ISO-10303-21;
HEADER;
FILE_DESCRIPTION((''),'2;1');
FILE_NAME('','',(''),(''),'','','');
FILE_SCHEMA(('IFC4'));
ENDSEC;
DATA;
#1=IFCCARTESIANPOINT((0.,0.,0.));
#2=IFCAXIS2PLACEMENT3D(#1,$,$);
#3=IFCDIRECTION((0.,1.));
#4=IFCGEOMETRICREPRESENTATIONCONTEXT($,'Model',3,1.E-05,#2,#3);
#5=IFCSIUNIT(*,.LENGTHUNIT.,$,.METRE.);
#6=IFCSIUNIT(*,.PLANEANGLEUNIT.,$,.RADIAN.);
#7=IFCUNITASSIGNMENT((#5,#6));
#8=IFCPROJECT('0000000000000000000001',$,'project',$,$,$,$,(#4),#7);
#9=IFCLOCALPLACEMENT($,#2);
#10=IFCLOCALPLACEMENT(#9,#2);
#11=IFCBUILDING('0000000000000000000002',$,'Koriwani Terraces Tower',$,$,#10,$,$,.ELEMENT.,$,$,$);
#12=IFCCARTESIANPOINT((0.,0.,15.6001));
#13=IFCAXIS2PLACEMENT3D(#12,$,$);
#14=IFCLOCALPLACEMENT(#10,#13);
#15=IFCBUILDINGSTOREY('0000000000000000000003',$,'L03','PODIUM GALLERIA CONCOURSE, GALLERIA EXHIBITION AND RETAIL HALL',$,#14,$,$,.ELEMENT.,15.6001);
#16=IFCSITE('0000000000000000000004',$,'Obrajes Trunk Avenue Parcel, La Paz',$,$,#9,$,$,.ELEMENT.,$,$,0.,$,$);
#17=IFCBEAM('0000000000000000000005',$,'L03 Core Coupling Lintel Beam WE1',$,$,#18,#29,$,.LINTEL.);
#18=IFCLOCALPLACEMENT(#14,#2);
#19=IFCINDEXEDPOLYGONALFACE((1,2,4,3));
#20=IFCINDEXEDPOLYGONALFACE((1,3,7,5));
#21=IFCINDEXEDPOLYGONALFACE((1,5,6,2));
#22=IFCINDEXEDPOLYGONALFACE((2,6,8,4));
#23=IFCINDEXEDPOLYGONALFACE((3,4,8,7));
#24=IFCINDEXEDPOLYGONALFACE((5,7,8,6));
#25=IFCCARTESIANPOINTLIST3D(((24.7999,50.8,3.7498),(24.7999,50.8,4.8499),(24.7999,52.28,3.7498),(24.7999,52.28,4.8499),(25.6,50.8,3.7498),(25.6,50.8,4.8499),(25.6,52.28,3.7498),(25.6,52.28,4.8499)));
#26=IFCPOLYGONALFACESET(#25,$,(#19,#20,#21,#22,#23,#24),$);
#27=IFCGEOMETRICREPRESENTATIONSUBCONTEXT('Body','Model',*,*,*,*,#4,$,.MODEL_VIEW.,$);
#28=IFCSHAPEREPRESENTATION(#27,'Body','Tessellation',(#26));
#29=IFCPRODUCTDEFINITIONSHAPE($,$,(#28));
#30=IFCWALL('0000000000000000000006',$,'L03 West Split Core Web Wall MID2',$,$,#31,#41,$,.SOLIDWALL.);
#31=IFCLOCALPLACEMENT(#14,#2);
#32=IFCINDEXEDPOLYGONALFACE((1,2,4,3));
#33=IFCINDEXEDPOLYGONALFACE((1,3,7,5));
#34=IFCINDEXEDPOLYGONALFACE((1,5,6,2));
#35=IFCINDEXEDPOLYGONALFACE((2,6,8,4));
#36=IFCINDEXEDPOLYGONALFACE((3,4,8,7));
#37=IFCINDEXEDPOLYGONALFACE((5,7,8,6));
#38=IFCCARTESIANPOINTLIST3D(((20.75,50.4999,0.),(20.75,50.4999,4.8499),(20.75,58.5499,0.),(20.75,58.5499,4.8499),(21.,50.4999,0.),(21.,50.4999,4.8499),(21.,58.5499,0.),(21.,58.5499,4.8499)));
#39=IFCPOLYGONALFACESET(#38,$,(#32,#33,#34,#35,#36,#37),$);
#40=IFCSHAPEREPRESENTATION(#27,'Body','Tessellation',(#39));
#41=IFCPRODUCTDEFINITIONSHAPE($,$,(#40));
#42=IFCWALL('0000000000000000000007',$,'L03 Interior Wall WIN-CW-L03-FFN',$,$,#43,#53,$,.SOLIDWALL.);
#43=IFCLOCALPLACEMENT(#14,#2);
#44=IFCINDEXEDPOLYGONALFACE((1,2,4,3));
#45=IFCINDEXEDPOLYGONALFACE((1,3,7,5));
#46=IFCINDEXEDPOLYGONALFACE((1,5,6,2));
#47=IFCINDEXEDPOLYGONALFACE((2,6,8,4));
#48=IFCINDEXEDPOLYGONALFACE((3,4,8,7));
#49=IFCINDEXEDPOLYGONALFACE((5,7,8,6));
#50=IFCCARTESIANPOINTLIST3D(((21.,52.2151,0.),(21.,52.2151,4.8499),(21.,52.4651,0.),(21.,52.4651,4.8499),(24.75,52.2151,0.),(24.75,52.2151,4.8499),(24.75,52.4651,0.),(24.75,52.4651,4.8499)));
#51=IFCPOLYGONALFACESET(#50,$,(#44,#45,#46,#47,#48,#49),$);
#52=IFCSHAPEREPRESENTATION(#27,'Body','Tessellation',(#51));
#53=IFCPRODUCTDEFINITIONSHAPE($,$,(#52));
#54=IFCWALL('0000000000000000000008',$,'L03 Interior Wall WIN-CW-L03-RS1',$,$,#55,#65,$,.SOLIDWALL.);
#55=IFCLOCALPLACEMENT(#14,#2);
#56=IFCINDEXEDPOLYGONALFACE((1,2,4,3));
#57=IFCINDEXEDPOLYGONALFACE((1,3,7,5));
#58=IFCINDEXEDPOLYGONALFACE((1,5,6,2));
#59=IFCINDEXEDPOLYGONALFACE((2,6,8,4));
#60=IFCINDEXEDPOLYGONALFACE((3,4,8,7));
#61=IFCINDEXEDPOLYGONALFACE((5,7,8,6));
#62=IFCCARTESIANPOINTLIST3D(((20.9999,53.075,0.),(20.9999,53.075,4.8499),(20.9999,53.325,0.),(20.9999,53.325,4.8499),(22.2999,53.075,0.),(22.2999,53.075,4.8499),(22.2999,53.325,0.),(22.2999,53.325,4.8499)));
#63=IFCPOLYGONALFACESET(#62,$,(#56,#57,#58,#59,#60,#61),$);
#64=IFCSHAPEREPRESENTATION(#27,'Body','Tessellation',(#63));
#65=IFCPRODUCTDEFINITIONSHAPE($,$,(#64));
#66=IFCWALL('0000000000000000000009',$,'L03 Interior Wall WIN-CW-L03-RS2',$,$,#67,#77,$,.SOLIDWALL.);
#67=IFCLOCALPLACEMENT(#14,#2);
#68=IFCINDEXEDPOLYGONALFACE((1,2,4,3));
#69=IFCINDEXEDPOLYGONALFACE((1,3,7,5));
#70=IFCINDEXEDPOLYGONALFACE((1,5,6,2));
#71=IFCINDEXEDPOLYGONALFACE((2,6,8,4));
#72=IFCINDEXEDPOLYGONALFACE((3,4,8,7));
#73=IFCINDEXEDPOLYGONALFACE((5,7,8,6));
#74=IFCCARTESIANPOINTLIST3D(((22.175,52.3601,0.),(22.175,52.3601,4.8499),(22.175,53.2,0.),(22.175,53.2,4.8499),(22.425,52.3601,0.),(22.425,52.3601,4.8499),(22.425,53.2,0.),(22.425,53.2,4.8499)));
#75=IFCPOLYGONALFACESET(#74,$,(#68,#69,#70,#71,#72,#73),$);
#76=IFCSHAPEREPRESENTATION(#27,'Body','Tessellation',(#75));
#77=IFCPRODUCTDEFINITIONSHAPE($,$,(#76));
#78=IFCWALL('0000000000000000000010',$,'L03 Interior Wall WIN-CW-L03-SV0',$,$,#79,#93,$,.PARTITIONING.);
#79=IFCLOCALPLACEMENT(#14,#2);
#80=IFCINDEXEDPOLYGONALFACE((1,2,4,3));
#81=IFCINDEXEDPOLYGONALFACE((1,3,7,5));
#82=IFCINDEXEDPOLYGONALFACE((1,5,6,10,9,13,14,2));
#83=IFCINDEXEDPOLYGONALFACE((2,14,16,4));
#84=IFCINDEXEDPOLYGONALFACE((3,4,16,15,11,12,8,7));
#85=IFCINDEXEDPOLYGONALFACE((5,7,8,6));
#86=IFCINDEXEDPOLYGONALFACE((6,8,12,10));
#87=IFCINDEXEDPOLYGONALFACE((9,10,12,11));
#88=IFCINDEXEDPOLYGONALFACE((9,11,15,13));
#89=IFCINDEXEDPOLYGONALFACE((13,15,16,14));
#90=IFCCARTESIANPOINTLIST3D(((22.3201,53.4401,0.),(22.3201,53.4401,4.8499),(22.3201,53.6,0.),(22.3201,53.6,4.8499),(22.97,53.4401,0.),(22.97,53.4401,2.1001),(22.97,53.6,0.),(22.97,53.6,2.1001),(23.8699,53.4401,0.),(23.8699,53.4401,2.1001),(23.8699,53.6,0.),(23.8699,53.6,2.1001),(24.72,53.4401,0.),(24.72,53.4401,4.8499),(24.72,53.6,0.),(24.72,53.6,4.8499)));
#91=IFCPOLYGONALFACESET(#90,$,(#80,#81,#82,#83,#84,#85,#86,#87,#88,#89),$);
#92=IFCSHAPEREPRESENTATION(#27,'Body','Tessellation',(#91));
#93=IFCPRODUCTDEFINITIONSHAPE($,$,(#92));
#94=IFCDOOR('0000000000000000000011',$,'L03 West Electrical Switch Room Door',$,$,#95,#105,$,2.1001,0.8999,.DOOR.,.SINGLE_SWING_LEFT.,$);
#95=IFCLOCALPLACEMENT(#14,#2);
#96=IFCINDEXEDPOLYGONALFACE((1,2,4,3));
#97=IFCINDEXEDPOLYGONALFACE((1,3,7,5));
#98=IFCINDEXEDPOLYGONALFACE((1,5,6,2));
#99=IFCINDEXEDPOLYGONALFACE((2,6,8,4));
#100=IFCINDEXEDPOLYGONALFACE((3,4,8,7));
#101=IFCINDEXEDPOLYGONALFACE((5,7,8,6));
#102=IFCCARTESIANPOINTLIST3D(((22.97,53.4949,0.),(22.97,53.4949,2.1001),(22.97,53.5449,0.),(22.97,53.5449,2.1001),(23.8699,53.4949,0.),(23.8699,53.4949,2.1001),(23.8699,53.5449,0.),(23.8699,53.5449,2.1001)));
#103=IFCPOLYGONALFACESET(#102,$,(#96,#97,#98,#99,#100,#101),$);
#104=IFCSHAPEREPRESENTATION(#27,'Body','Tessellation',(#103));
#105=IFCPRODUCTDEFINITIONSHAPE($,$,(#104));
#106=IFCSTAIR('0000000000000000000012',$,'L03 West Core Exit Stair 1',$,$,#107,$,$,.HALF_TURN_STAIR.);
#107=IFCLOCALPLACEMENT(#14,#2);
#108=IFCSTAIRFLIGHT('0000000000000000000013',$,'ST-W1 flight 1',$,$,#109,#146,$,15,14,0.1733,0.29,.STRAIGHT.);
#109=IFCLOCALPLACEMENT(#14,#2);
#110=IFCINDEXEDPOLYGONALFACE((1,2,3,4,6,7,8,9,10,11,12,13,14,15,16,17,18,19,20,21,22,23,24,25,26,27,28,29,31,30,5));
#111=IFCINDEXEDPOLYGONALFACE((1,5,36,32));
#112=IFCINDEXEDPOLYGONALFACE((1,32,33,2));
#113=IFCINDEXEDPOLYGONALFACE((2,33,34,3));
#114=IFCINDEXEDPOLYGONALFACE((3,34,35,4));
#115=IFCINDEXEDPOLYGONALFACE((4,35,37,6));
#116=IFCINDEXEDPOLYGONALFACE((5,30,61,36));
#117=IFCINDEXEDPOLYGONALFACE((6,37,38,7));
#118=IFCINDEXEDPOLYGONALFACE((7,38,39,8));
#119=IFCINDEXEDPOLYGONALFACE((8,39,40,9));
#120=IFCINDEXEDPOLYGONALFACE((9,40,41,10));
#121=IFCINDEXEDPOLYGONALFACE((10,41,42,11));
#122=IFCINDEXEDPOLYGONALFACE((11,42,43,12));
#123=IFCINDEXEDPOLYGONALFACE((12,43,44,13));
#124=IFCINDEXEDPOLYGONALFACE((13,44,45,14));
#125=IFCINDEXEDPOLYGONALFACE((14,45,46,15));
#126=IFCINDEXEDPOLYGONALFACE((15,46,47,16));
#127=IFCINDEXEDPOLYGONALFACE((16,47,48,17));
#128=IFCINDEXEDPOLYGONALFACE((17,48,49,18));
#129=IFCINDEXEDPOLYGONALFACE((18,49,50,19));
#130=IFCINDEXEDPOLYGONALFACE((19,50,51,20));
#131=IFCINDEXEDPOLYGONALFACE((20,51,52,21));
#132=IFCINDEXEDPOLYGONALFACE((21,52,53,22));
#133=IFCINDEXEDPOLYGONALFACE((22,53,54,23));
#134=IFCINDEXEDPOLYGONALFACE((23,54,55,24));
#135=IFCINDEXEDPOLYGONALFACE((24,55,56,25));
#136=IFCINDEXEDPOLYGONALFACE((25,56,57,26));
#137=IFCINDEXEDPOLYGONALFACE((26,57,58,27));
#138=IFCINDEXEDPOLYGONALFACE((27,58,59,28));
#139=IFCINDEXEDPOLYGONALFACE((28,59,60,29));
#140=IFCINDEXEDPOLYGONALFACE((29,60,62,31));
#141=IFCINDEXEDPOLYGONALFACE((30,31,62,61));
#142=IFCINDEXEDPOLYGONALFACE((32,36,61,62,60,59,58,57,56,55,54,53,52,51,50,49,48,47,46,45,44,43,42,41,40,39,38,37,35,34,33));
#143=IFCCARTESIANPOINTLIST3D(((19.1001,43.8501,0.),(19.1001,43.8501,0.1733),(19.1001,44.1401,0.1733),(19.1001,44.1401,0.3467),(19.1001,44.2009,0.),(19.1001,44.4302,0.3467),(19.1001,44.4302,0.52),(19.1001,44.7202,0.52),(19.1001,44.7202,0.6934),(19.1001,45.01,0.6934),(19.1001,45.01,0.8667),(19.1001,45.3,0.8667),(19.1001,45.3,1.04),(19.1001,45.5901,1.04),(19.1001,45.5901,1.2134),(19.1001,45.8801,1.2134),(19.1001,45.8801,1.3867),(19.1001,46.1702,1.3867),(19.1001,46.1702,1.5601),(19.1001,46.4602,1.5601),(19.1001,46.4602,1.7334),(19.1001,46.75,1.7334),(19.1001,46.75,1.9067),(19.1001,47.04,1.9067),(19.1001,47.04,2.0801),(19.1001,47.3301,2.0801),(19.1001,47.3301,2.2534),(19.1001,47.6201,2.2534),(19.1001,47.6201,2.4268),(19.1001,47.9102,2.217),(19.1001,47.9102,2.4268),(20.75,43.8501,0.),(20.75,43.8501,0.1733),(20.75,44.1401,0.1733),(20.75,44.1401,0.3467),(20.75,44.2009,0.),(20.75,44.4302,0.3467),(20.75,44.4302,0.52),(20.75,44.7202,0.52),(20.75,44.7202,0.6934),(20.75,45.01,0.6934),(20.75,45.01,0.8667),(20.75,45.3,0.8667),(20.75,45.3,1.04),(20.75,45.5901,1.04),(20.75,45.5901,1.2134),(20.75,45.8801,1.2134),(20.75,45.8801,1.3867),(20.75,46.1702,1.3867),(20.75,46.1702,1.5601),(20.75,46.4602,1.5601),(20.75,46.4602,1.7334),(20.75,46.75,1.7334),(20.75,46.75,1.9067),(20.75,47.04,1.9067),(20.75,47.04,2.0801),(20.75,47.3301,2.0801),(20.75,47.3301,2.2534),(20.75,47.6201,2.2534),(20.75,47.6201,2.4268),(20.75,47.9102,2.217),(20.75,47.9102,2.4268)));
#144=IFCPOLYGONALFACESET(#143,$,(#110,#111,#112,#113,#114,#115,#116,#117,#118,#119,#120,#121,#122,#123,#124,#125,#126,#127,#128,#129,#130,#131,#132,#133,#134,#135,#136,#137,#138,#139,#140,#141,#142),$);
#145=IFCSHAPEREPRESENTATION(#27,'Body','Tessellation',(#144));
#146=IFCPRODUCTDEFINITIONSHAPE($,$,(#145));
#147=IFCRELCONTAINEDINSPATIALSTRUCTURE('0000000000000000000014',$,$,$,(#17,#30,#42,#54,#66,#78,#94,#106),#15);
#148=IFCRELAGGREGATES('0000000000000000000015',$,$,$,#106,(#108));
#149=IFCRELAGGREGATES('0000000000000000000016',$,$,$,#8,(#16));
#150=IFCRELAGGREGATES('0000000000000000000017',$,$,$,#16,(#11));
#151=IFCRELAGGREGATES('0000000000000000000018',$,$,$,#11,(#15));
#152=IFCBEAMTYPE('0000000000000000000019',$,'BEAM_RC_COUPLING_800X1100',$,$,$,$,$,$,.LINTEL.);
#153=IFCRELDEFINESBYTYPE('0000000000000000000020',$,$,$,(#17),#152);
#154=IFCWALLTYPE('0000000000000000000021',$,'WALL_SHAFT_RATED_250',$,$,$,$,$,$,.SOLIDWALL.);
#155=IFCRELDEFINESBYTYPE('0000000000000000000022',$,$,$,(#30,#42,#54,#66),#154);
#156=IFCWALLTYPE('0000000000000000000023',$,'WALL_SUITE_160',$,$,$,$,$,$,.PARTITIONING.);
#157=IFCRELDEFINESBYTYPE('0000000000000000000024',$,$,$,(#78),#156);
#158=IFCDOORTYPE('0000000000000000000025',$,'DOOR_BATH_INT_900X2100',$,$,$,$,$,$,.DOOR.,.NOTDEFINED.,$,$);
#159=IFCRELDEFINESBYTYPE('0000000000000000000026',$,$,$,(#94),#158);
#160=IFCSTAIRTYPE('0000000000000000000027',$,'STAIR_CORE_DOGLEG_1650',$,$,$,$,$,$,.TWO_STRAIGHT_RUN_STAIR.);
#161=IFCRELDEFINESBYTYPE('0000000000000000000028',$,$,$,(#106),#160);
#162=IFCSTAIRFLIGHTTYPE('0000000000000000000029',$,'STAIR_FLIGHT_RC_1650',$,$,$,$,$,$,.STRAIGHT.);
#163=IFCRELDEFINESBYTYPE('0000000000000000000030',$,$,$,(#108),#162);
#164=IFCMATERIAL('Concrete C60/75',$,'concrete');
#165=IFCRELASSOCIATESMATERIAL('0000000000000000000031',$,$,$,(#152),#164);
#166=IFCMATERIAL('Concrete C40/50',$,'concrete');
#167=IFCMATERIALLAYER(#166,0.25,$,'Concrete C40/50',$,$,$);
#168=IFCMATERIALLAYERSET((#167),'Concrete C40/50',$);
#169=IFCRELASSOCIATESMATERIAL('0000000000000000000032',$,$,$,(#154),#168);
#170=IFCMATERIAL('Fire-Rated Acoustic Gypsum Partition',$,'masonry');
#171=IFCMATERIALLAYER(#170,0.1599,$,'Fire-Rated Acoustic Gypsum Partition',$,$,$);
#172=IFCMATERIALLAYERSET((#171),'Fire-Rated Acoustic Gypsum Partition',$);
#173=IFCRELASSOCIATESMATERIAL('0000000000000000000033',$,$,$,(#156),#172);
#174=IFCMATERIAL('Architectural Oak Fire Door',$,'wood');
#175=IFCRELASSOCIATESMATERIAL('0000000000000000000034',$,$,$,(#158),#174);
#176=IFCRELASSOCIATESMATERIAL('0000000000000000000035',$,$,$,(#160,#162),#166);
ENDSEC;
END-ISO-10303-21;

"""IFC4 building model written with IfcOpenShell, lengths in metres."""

from ifc_helpers import new_model, si_unit, direction, frame, frame_2d, origin, origin_2d, place, context, subcontext, project, spatial, polyline, rectangle, outline, extrude, material, layer, layer_set, material_profile, profile_set, type_object, element, fill, aggregate, save


model = new_model("IFC4")

# Units and contexts
model_context = context("Model", 3, precision=1e-05, world=origin(), true_north=direction((0.0, 1.0)))
body_context = subcontext(model_context, "Body", "Model", "MODEL_VIEW")
ifc_project = project(units=[si_unit("LENGTHUNIT", "METRE"), si_unit("PLANEANGLEUNIT", "RADIAN")], contexts=[model_context])

# Site, building, storey
site_placement = place(None, origin())
site = spatial("IfcSite", under=ifc_project, at=site_placement, Name="Obrajes Trunk Avenue Parcel, La Paz", CompositionType="ELEMENT", RefElevation=0.0)
building_placement = place(site_placement, origin())
building = spatial("IfcBuilding", under=site, at=building_placement, Name="Koriwani Terraces Tower", CompositionType="ELEMENT")
storey_placement = place(building_placement, frame((0.0, 0.0, 15.6001)))
storey = spatial("IfcBuildingStorey", under=building, at=storey_placement, Name="L03", Description="PODIUM GALLERIA CONCOURSE, GALLERIA EXHIBITION AND RETAIL HALL", CompositionType="ELEMENT", Elevation=15.6001)

# Beam
ifc_material_1 = material(Name="Concrete C60/75", Category="concrete")
ifc_material_profile = material_profile(ifc_material_1, rectangle(XDim=0.8, YDim=1.1001, at=origin_2d()), Name="Concrete C60/75", Category="LoadBearing")
ifc_profile_set = profile_set([ifc_material_profile], Name="Concrete C60/75")
beam_type = type_object("IfcBeamType", Name="BEAM_RC_COUPLING_800X1100", PredefinedType="LINTEL", material=ifc_profile_set)
beam_placement = place(storey_placement, frame((25.2, 50.8, 4.2998), z_axis=(0.0, 1.0, 0.0), x_axis=(-1.0, 0.0, 0.0)))
element("IfcBeam", 1, at=beam_placement, inside=storey, type_object=beam_type, Name="L03 Core Coupling Lintel Beam WE1", PredefinedType="LINTEL", context=body_context, shape_type="SweptSolid", body=[
    extrude(rectangle(XDim=0.8, YDim=1.1001, at=origin_2d()), origin(), (0.0, 0.0, 1.0), 1.48),
])

# Wall
ifc_material_2 = material(Name="Concrete C40/50", Category="concrete")
ifc_layer_1 = layer(ifc_material_2, 0.25, Name="Concrete C40/50")
ifc_layer_set_1 = layer_set([ifc_layer_1], Name="Concrete C40/50")
wall_type_1 = type_object("IfcWallType", Name="WALL_SHAFT_RATED_250", PredefinedType="SOLIDWALL", material=ifc_layer_set_1)
wall_1_placement = place(storey_placement, frame((20.875, 50.5, 0.0), z_axis=(0.0, 0.0, 1.0), x_axis=(0.0, 1.0, 0.0)))
element("IfcWall", 2, at=wall_1_placement, inside=storey, type_object=wall_type_1, Name="L03 West Split Core Web Wall MID2", PredefinedType="SOLIDWALL", context=body_context, shape_type="SweptSolid", body=[
    extrude(rectangle(XDim=8.05, YDim=0.25, at=frame_2d((4.0249, 0.0))), origin(), (0.0, 0.0, 1.0), 4.8499),
])

# Wall
wall_2_placement = place(storey_placement, frame((21.0, 52.3401, 0.0), z_axis=(0.0, 0.0, 1.0), x_axis=(1.0, 0.0, 0.0)))
element("IfcWall", 3, at=wall_2_placement, inside=storey, type_object=wall_type_1, Name="L03 Interior Wall WIN-CW-L03-FFN", PredefinedType="SOLIDWALL", context=body_context, shape_type="SweptSolid", body=[
    extrude(rectangle(XDim=3.75, YDim=0.25, at=frame_2d((1.875, 0.0))), origin(), (0.0, 0.0, 1.0), 4.8499),
])

# Walls
wall_3_placement = place(storey_placement, frame((21.0, 53.2, 0.0), z_axis=(0.0, 0.0, 1.0), x_axis=(1.0, 0.0, 0.0)))
element("IfcWall", 4, at=wall_3_placement, inside=storey, type_object=wall_type_1, Name="L03 Interior Wall WIN-CW-L03-RS1", PredefinedType="SOLIDWALL", context=body_context, shape_type="SweptSolid", body=[
    extrude(rectangle(XDim=1.3, YDim=0.25, at=frame_2d((0.6499, 0.0))), origin(), (0.0, 0.0, 1.0), 4.8499),
])
wall_4_placement = place(storey_placement, frame((22.3, 52.3601, 0.0), z_axis=(0.0, 0.0, 1.0), x_axis=(0.0, 1.0, 0.0)))
element("IfcWall", 5, at=wall_4_placement, inside=storey, type_object=wall_type_1, Name="L03 Interior Wall WIN-CW-L03-RS2", PredefinedType="SOLIDWALL", context=body_context, shape_type="SweptSolid", body=[
    extrude(rectangle(XDim=0.8398, YDim=0.25, at=frame_2d((0.4199, 0.0))), origin(), (0.0, 0.0, 1.0), 4.8499),
])

# Wall, opening, door
ifc_material_3 = material(Name="Fire-Rated Acoustic Gypsum Partition", Category="masonry")
ifc_layer_2 = layer(ifc_material_3, 0.1599, Name="Fire-Rated Acoustic Gypsum Partition")
ifc_layer_set_2 = layer_set([ifc_layer_2], Name="Fire-Rated Acoustic Gypsum Partition")
wall_type_2 = type_object("IfcWallType", Name="WALL_SUITE_160", PredefinedType="PARTITIONING", material=ifc_layer_set_2)
wall_5_placement = place(storey_placement, frame((22.3201, 53.52, 0.0), z_axis=(0.0, 0.0, 1.0), x_axis=(1.0, 0.0, 0.0)))
wall_5 = element("IfcWall", 6, at=wall_5_placement, inside=storey, type_object=wall_type_2, Name="L03 Interior Wall WIN-CW-L03-SV0", PredefinedType="PARTITIONING", context=body_context, shape_type="SweptSolid", body=[
    extrude(rectangle(XDim=2.3999, YDim=0.1599, at=frame_2d((1.2, 0.0))), origin(), (0.0, 0.0, 1.0), 4.8499),
])
opening_1_placement = place(wall_5_placement, frame((0.6499, 0.0, 0.0)))
opening_1 = element("IfcOpeningElement", 7, at=opening_1_placement, cuts=wall_5, PredefinedType="OPENING", context=body_context, shape_type="SweptSolid", body=[
    extrude(rectangle(XDim=0.8999, YDim=2.1001, at=frame_2d((0.45, 1.05))), frame((0.0, 0.0898, 0.0), z_axis=(0.0, -1.0, 0.0), x_axis=(1.0, 0.0, 0.0)), (0.0, 0.0, 1.0), 0.1799),
])
ifc_material_4 = material(Name="Architectural Oak Fire Door", Category="wood")
door_type_1 = type_object("IfcDoorType", Name="DOOR_BATH_INT_900X2100", OperationType="NOTDEFINED", PredefinedType="DOOR", material=ifc_material_4)
door_1_placement = place(opening_1_placement, origin())
door_1 = element("IfcDoor", 8, at=door_1_placement, inside=storey, type_object=door_type_1, Name="L03 West Electrical Switch Room Door", OperationType="SINGLE_SWING_LEFT", OverallHeight=2.1001, OverallWidth=0.8999, PredefinedType="DOOR", context=body_context, shape_type="SweptSolid", body=[
    extrude(rectangle(XDim=0.8999, YDim=2.1001, at=frame_2d((0.45, 1.05))), frame((0.0, 0.0249, 0.0), z_axis=(0.0, -1.0, 0.0), x_axis=(1.0, 0.0, 0.0)), (0.0, 0.0, 1.0), 0.05),
])
fill(opening_1, door_1)

# Stair, stair flight
stair_type = type_object("IfcStairType", Name="STAIR_CORE_DOGLEG_1650", PredefinedType="TWO_STRAIGHT_RUN_STAIR", material=ifc_material_2)
stair_1_placement = place(storey_placement, origin())
stair_1 = element("IfcStair", 9, at=stair_1_placement, inside=storey, type_object=stair_type, Name="L03 West Core Exit Stair 1", PredefinedType="HALF_TURN_STAIR")
stair_flight_type = type_object("IfcStairFlightType", Name="STAIR_FLIGHT_RC_1650", PredefinedType="STRAIGHT", material=ifc_material_2)
stair_flight_1_placement = place(storey_placement, frame((19.925, 43.8501, 0.0), z_axis=(0.0, 0.0, 1.0), x_axis=(0.0, 1.0, 0.0)))
stair_flight_1 = element("IfcStairFlight", 10, at=stair_flight_1_placement, type_object=stair_flight_type, Name="ST-W1 flight 1", NumberOfRisers=15, NumberOfTreads=14, PredefinedType="STRAIGHT", RiserHeight=0.1733, TreadLength=0.29, context=body_context, shape_type="SweptSolid", body=[
    extrude(outline(polyline([(0.0, 0.0), (0.0, 0.1733), (0.29, 0.1733), (0.29, 0.3467), (0.5801, 0.3467), (0.5801, 0.52), (0.8701, 0.52), (0.8701, 0.6934), (1.1599, 0.6934), (1.1599, 0.8667), (1.45, 0.8667), (1.45, 1.04), (1.74, 1.04), (1.74, 1.2134), (2.03, 1.2134), (2.03, 1.3867), (2.3201, 1.3867), (2.3201, 1.5601), (2.6101, 1.5601), (2.6101, 1.7334), (2.8999, 1.7334), (2.8999, 1.9067), (3.1899, 1.9067), (3.1899, 2.0801), (3.48, 2.0801), (3.48, 2.2534), (3.77, 2.2534), (3.77, 2.4268), (4.0601, 2.4268), (4.0601, 2.6001), (4.0601, 2.217), (0.3508, 0.0), (0.0, 0.0)])), frame((0.0, 0.825, 0.0), z_axis=(0.0, -1.0, 0.0), x_axis=(1.0, 0.0, 0.0)), (0.0, 0.0, 1.0), 1.6499),
])
aggregate(stair_1, [stair_flight_1])

save(model, "model.ifc")
